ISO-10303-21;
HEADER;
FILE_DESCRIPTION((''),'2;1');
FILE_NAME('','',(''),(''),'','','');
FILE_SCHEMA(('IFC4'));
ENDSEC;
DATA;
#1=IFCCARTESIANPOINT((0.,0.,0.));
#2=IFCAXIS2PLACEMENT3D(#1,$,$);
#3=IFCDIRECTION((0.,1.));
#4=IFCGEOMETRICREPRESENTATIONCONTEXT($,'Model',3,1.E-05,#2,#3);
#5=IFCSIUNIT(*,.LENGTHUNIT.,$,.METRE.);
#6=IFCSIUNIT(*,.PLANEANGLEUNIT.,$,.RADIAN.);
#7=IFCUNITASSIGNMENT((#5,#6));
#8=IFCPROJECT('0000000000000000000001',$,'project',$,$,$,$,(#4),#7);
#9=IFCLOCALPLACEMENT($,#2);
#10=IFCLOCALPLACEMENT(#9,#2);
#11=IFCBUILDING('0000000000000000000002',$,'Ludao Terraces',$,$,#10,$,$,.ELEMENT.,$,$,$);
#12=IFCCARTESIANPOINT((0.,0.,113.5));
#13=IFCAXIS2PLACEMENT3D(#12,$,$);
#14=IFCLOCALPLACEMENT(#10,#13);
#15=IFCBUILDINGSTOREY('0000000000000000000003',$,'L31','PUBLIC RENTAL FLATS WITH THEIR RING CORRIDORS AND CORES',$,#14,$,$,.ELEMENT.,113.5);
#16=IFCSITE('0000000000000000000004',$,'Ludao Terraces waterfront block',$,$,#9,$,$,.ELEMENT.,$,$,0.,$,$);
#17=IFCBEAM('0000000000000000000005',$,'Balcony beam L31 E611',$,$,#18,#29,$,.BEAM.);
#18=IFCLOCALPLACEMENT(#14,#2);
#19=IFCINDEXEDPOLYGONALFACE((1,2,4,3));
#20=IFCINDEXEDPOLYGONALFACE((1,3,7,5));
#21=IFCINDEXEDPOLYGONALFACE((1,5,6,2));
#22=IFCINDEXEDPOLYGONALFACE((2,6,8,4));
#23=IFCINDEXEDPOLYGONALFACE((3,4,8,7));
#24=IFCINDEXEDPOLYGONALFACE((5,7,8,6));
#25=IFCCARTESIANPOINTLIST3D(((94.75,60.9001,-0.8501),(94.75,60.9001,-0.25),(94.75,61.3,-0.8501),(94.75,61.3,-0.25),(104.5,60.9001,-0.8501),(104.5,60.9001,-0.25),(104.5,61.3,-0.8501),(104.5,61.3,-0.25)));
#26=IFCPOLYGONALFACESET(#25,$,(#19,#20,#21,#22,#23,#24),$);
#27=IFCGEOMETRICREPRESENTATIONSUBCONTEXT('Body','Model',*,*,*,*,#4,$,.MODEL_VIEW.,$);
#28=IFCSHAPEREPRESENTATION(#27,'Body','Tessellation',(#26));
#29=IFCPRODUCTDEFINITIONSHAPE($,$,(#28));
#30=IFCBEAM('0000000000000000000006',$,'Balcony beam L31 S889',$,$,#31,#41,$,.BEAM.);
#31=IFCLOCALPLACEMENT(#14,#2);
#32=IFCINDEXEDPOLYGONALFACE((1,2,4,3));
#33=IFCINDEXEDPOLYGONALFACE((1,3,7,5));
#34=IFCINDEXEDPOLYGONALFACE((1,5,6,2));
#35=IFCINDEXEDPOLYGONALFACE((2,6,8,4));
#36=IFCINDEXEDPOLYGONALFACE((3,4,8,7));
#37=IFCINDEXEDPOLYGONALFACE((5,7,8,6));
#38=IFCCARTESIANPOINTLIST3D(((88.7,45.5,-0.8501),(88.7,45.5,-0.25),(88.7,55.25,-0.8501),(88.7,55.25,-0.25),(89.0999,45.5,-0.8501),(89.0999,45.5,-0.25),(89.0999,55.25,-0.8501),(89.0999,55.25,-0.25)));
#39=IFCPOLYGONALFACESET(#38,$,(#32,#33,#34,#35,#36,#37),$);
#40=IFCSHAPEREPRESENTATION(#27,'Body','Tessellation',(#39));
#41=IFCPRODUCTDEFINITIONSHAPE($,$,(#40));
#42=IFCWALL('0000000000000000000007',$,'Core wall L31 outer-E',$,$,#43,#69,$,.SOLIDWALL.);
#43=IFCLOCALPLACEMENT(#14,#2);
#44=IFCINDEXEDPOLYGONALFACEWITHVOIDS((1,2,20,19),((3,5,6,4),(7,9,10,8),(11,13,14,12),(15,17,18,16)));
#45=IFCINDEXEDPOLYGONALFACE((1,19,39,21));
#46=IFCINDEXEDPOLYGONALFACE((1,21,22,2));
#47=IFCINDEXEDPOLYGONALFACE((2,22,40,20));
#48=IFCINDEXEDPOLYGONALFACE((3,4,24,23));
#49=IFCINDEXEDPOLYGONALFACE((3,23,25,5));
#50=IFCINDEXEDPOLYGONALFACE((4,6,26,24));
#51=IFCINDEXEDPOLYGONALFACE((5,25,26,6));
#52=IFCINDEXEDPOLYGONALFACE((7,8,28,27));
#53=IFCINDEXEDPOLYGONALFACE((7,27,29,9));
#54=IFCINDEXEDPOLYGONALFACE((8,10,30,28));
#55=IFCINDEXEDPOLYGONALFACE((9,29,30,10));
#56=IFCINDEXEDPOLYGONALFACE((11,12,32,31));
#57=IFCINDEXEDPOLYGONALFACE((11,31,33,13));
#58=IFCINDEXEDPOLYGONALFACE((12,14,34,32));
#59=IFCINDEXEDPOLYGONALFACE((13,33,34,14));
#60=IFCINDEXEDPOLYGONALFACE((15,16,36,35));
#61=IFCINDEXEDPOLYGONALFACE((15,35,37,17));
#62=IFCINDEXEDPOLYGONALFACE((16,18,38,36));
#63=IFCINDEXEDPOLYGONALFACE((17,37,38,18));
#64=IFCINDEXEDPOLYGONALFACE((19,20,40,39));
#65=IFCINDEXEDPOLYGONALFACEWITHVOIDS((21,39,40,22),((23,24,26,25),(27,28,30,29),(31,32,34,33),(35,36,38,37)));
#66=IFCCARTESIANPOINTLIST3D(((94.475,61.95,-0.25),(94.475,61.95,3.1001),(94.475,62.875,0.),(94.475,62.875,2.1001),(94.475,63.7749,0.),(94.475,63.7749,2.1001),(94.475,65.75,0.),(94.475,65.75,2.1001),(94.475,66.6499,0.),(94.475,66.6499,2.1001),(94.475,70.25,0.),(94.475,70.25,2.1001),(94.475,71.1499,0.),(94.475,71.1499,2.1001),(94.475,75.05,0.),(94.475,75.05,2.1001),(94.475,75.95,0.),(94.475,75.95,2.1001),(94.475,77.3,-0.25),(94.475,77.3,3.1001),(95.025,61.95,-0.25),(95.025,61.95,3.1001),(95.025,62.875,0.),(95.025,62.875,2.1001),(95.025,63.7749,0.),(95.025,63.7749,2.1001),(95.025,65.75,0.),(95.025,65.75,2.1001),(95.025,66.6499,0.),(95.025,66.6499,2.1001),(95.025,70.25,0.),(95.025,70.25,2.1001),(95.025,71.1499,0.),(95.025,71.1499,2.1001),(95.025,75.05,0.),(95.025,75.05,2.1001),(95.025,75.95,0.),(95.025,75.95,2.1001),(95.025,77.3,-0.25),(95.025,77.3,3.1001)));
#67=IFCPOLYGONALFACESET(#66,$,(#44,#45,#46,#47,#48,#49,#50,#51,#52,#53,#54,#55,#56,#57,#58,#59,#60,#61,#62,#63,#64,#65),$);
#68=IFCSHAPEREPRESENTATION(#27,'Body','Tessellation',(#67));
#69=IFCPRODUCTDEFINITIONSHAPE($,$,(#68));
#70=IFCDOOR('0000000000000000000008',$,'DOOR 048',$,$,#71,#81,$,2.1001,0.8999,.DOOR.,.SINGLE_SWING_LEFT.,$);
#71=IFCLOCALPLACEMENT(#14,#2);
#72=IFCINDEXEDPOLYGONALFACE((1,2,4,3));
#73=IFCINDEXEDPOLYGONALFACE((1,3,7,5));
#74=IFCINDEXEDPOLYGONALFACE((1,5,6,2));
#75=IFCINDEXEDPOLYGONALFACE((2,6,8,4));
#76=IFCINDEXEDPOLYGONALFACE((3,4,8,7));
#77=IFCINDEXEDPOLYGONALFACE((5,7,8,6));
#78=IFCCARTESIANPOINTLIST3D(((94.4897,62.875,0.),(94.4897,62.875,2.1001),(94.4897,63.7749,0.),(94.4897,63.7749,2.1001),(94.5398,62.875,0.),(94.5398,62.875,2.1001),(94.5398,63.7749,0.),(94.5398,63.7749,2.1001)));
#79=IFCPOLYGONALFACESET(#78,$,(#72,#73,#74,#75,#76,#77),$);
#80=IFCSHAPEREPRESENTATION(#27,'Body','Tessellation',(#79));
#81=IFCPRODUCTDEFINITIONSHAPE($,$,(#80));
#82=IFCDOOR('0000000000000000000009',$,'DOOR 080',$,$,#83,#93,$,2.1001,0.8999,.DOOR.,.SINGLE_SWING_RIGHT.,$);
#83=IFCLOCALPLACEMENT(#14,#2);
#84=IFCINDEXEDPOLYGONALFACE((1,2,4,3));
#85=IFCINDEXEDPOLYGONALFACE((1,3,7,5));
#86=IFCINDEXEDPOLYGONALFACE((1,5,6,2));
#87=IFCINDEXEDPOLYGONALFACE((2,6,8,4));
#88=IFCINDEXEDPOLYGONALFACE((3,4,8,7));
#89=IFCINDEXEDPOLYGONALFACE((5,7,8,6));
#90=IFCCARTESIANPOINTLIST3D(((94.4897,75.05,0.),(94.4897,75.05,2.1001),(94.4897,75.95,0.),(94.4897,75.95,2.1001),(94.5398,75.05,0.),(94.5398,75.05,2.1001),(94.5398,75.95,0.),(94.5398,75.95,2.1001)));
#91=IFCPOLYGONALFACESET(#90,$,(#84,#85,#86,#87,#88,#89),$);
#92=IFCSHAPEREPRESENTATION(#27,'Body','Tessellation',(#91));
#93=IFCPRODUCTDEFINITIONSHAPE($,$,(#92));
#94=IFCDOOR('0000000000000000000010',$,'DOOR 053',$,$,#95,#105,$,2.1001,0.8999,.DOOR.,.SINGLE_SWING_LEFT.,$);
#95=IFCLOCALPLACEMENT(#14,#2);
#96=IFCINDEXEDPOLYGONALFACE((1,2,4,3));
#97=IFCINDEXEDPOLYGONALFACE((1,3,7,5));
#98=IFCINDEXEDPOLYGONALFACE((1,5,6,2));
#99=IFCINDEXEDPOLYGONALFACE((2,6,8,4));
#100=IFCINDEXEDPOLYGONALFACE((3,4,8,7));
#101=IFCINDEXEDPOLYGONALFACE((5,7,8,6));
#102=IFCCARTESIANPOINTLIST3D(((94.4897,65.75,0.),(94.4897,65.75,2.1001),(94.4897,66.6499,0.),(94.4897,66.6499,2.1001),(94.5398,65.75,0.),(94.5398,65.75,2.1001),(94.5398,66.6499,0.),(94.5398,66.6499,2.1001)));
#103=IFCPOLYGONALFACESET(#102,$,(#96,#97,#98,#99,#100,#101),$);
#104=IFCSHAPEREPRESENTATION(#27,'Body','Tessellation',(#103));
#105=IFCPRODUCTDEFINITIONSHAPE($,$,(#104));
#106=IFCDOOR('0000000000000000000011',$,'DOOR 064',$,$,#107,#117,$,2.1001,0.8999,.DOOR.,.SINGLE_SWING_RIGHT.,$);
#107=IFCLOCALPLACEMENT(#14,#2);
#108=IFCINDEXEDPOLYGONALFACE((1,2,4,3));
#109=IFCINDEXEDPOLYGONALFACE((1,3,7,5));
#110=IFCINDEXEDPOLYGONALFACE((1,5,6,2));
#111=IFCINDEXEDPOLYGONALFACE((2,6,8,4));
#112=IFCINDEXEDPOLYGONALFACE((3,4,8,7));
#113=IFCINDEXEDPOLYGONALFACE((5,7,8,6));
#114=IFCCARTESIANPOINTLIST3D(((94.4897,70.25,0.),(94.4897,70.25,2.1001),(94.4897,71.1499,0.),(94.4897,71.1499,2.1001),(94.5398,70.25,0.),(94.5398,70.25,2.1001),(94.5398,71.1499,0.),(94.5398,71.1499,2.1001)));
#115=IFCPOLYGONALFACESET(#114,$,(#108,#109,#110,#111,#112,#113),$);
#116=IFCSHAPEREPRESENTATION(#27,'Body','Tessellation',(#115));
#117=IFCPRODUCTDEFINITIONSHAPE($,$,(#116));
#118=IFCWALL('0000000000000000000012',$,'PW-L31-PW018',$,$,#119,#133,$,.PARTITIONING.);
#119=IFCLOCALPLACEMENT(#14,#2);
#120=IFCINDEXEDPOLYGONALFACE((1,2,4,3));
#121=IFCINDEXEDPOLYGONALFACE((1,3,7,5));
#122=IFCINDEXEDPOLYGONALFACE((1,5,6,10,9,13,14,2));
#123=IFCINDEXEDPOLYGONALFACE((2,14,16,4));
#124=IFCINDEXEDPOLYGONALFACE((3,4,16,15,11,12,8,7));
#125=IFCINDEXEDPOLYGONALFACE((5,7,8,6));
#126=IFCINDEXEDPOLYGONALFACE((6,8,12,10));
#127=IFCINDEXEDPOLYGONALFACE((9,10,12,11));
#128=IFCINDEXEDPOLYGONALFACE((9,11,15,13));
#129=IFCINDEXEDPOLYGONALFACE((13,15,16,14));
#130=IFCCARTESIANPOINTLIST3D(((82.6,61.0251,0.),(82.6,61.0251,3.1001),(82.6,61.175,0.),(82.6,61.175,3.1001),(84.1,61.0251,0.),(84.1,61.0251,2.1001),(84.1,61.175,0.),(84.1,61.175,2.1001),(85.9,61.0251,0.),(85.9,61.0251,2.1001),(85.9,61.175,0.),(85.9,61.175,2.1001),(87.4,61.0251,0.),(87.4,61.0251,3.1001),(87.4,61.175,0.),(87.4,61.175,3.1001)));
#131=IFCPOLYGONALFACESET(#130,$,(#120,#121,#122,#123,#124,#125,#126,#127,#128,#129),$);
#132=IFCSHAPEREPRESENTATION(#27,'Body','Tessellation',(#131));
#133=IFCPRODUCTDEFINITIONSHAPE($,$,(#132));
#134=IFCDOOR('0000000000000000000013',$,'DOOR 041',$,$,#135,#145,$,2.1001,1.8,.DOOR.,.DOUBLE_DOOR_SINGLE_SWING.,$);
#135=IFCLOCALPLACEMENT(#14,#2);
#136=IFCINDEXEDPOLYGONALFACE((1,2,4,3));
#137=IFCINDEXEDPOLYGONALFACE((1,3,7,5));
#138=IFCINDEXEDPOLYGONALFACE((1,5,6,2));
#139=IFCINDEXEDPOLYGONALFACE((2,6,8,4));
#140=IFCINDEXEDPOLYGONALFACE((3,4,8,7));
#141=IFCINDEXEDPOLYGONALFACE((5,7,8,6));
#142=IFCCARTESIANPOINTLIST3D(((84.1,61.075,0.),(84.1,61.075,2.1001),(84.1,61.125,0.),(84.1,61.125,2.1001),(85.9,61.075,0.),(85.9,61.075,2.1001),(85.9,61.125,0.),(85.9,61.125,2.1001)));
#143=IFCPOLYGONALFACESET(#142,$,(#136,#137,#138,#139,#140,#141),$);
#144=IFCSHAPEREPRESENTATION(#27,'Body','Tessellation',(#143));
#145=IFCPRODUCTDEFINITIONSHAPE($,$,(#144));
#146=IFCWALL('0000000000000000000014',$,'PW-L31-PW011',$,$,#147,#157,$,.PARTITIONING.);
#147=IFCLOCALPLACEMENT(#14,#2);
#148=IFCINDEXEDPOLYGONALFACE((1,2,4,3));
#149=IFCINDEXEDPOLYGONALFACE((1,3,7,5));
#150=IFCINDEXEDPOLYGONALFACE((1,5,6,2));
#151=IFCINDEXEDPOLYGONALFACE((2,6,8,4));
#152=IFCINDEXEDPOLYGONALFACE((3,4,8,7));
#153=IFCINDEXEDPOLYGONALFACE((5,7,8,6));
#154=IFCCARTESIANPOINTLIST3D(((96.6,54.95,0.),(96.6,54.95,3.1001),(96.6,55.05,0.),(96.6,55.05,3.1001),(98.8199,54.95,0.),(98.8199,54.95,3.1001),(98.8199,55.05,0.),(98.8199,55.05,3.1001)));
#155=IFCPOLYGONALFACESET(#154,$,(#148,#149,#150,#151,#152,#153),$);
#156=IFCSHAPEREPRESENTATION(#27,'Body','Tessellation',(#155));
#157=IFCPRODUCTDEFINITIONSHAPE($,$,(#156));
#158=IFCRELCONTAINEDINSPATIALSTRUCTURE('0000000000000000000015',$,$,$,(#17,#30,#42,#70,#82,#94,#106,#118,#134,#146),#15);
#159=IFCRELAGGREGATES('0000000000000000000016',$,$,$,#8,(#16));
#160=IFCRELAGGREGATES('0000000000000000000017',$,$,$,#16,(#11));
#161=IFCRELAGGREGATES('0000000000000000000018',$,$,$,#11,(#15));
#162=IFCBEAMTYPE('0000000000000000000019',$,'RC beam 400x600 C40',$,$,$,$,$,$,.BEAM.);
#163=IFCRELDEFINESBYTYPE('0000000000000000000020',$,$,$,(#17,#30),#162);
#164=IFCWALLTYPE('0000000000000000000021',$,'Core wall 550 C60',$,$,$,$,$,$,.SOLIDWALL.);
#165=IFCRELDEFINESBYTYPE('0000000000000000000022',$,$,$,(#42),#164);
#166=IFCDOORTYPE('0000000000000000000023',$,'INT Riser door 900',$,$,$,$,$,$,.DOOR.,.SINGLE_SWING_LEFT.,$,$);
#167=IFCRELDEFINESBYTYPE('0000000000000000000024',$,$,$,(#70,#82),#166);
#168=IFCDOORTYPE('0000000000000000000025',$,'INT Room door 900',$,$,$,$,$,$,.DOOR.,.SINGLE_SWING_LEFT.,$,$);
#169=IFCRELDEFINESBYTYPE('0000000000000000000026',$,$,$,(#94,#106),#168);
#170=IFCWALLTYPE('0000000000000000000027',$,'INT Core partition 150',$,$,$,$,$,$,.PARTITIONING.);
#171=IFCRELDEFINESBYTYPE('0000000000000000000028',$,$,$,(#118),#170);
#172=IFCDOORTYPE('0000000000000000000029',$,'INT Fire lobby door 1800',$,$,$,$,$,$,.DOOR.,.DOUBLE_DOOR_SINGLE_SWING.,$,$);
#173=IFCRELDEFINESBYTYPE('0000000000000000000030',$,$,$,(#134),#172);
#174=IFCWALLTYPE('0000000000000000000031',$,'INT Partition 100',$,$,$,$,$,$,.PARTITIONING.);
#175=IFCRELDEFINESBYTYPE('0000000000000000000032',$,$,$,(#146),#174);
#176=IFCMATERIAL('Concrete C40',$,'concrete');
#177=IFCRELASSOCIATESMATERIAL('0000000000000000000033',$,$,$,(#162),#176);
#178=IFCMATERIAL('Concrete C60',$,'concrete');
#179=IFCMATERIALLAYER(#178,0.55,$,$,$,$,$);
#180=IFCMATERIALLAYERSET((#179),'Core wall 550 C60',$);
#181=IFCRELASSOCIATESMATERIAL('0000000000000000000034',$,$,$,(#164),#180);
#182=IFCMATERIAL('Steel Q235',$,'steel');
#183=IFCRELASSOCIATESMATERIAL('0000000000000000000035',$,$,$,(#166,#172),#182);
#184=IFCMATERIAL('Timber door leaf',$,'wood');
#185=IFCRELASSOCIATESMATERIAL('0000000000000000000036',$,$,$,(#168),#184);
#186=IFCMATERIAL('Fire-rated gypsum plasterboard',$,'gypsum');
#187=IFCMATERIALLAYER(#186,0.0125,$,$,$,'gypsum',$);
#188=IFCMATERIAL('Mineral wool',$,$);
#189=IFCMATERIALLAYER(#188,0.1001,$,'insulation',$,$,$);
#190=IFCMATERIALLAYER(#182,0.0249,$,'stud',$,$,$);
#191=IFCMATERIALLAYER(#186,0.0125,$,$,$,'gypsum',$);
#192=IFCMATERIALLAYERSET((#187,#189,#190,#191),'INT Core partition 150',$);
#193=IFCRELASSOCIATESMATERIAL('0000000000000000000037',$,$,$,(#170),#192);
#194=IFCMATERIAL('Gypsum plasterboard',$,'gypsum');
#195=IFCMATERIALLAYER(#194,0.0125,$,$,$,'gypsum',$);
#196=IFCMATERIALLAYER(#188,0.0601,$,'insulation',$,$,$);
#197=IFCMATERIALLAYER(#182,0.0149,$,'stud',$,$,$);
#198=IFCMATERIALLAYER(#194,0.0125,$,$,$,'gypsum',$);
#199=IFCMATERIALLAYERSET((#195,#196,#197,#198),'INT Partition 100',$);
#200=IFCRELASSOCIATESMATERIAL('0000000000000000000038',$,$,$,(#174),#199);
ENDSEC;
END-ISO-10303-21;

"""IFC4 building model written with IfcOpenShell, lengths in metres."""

from ifc_helpers import new_model, si_unit, direction, frame, frame_2d, origin, origin_2d, place, context, subcontext, project, spatial, rectangle, extrude, material, layer, layer_set, material_profile, profile_set, type_object, element, fill, save


model = new_model("IFC4")

# Units and contexts
model_context = context("Model", 3, precision=1e-05, world=origin(), true_north=direction((0.0, 1.0)))
body_context = subcontext(model_context, "Body", "Model", "MODEL_VIEW")
ifc_project = project(units=[si_unit("LENGTHUNIT", "METRE"), si_unit("PLANEANGLEUNIT", "RADIAN")], contexts=[model_context])

# Site, building, storey
site_placement = place(None, origin())
site = spatial("IfcSite", under=ifc_project, at=site_placement, Name="Ludao Terraces waterfront block", CompositionType="ELEMENT", RefElevation=0.0)
building_placement = place(site_placement, origin())
building = spatial("IfcBuilding", under=site, at=building_placement, Name="Ludao Terraces", CompositionType="ELEMENT")
storey_placement = place(building_placement, frame((0.0, 0.0, 113.5)))
storey = spatial("IfcBuildingStorey", under=building, at=storey_placement, Name="L31", Description="PUBLIC RENTAL FLATS WITH THEIR RING CORRIDORS AND CORES", CompositionType="ELEMENT", Elevation=113.5)

# Beams
ifc_material_1 = material(Name="Concrete C40", Category="concrete")
ifc_material_profile = material_profile(ifc_material_1, rectangle(XDim=0.3999, YDim=0.6001, at=origin_2d()), Name="400 X 600")
ifc_profile_set = profile_set([ifc_material_profile], Name="Concrete C40")
beam_type = type_object("IfcBeamType", Name="RC beam 400x600 C40", PredefinedType="BEAM", material=ifc_profile_set)
for number, where, z_axis, x_axis, name in (
    (1, (94.75, 61.1001, -0.55), (1.0, 0.0, 0.0), (0.0, 1.0, 0.0), "Balcony beam L31 E611"),
    (2, (88.8999, 55.25, -0.55), (0.0, -1.0, 0.0), (1.0, 0.0, 0.0), "Balcony beam L31 S889"),
):
    element("IfcBeam", number, at=place(storey_placement, frame(where, z_axis=z_axis, x_axis=x_axis)), inside=storey, type_object=beam_type, Name=name, PredefinedType="BEAM", context=body_context, shape_type="SweptSolid", body=[
        extrude(rectangle(XDim=0.3999, YDim=0.6001, at=origin_2d()), origin(), (0.0, 0.0, 1.0), 9.75),
    ])

# Wall, openings, doors
ifc_material_2 = material(Name="Concrete C60", Category="concrete")
ifc_layer_1 = layer(ifc_material_2, 0.55)
ifc_layer_set_1 = layer_set([ifc_layer_1], Name="Core wall 550 C60")
wall_type_1 = type_object("IfcWallType", Name="Core wall 550 C60", PredefinedType="SOLIDWALL", material=ifc_layer_set_1)
wall_1_placement = place(storey_placement, frame((94.75, 61.95, -0.25), z_axis=(0.0, 0.0, 1.0), x_axis=(0.0, 1.0, 0.0)))
wall_1 = element("IfcWall", 3, at=wall_1_placement, inside=storey, type_object=wall_type_1, Name="Core wall L31 outer-E", PredefinedType="SOLIDWALL", context=body_context, shape_type="SweptSolid", body=[
    extrude(rectangle(XDim=15.3501, YDim=0.55, at=frame_2d((7.675, 0.0))), origin(), (0.0, 0.0, 1.0), 3.3501),
])
opening_1_placement = place(wall_1_placement, frame((0.925, 0.0, 0.25)))
opening_1 = element("IfcOpeningElement", 4, at=opening_1_placement, cuts=wall_1, PredefinedType="OPENING", context=body_context, shape_type="SweptSolid", body=[
    extrude(rectangle(XDim=0.8999, YDim=2.1001, at=frame_2d((0.45, 1.05))), frame((0.0, 0.2852, 0.0), z_axis=(0.0, -1.0, 0.0), x_axis=(1.0, 0.0, 0.0)), (0.0, 0.0, 1.0), 0.5701),
])
opening_2_placement = place(wall_1_placement, frame((3.8, 0.0, 0.25)))
opening_2 = element("IfcOpeningElement", 5, at=opening_2_placement, cuts=wall_1, PredefinedType="OPENING", context=body_context, shape_type="SweptSolid", body=[
    extrude(rectangle(XDim=0.8999, YDim=2.1001, at=frame_2d((0.45, 1.05))), frame((0.0, 0.2852, 0.0), z_axis=(0.0, -1.0, 0.0), x_axis=(1.0, 0.0, 0.0)), (0.0, 0.0, 1.0), 0.5701),
])
opening_3_placement = place(wall_1_placement, frame((8.3, 0.0, 0.25)))
opening_3 = element("IfcOpeningElement", 6, at=opening_3_placement, cuts=wall_1, PredefinedType="OPENING", context=body_context, shape_type="SweptSolid", body=[
    extrude(rectangle(XDim=0.8999, YDim=2.1001, at=frame_2d((0.45, 1.05))), frame((0.0, 0.2852, 0.0), z_axis=(0.0, -1.0, 0.0), x_axis=(1.0, 0.0, 0.0)), (0.0, 0.0, 1.0), 0.5701),
])
opening_4_placement = place(wall_1_placement, frame((13.1001, 0.0, 0.25)))
opening_4 = element("IfcOpeningElement", 7, at=opening_4_placement, cuts=wall_1, PredefinedType="OPENING", context=body_context, shape_type="SweptSolid", body=[
    extrude(rectangle(XDim=0.8999, YDim=2.1001, at=frame_2d((0.45, 1.05))), frame((0.0, 0.2852, 0.0), z_axis=(0.0, -1.0, 0.0), x_axis=(1.0, 0.0, 0.0)), (0.0, 0.0, 1.0), 0.5701),
])
ifc_material_3 = material(Name="Steel Q235", Category="steel")
door_type_1 = type_object("IfcDoorType", Name="INT Riser door 900", OperationType="SINGLE_SWING_LEFT", PredefinedType="DOOR", material=ifc_material_3)
door_1_placement = place(opening_1_placement, origin())
door_1 = element("IfcDoor", 8, at=door_1_placement, inside=storey, type_object=door_type_1, Name="DOOR 048", OperationType="SINGLE_SWING_LEFT", OverallHeight=2.1001, OverallWidth=0.8999, PredefinedType="DOOR", context=body_context, shape_type="SweptSolid", body=[
    extrude(rectangle(XDim=0.8999, YDim=2.1001, at=frame_2d((0.45, 1.05))), frame((0.0, 0.2603, 0.0), z_axis=(0.0, -1.0, 0.0), x_axis=(1.0, 0.0, 0.0)), (0.0, 0.0, 1.0), 0.05),
])
fill(opening_1, door_1)
door_2_placement = place(opening_4_placement, origin())
door_2 = element("IfcDoor", 9, at=door_2_placement, inside=storey, type_object=door_type_1, Name="DOOR 080", OperationType="SINGLE_SWING_RIGHT", OverallHeight=2.1001, OverallWidth=0.8999, PredefinedType="DOOR", context=body_context, shape_type="SweptSolid", body=[
    extrude(rectangle(XDim=0.8999, YDim=2.1001, at=frame_2d((0.45, 1.05))), frame((0.0, 0.2603, 0.0), z_axis=(0.0, -1.0, 0.0), x_axis=(1.0, 0.0, 0.0)), (0.0, 0.0, 1.0), 0.05),
])
fill(opening_4, door_2)
ifc_material_4 = material(Name="Timber door leaf", Category="wood")
door_type_2 = type_object("IfcDoorType", Name="INT Room door 900", OperationType="SINGLE_SWING_LEFT", PredefinedType="DOOR", material=ifc_material_4)
door_3_placement = place(opening_2_placement, origin())
door_3 = element("IfcDoor", 10, at=door_3_placement, inside=storey, type_object=door_type_2, Name="DOOR 053", OperationType="SINGLE_SWING_LEFT", OverallHeight=2.1001, OverallWidth=0.8999, PredefinedType="DOOR", context=body_context, shape_type="SweptSolid", body=[
    extrude(rectangle(XDim=0.8999, YDim=2.1001, at=frame_2d((0.45, 1.05))), frame((0.0, 0.2603, 0.0), z_axis=(0.0, -1.0, 0.0), x_axis=(1.0, 0.0, 0.0)), (0.0, 0.0, 1.0), 0.05),
])
fill(opening_2, door_3)
door_4_placement = place(opening_3_placement, origin())
door_4 = element("IfcDoor", 11, at=door_4_placement, inside=storey, type_object=door_type_2, Name="DOOR 064", OperationType="SINGLE_SWING_RIGHT", OverallHeight=2.1001, OverallWidth=0.8999, PredefinedType="DOOR", context=body_context, shape_type="SweptSolid", body=[
    extrude(rectangle(XDim=0.8999, YDim=2.1001, at=frame_2d((0.45, 1.05))), frame((0.0, 0.2603, 0.0), z_axis=(0.0, -1.0, 0.0), x_axis=(1.0, 0.0, 0.0)), (0.0, 0.0, 1.0), 0.05),
])
fill(opening_3, door_4)

# Wall, opening, door
ifc_material_5 = material(Name="Fire-rated gypsum plasterboard", Category="gypsum")
ifc_layer_2 = layer(ifc_material_5, 0.0125, Category="gypsum")
ifc_material_6 = material(Name="Mineral wool")
ifc_layer_3 = layer(ifc_material_6, 0.1001, Name="insulation")
ifc_layer_4 = layer(ifc_material_3, 0.0249, Name="stud")
ifc_layer_5 = layer(ifc_material_5, 0.0125, Category="gypsum")
ifc_layer_set_2 = layer_set([ifc_layer_2, ifc_layer_3, ifc_layer_4, ifc_layer_5], Name="INT Core partition 150")
wall_type_2 = type_object("IfcWallType", Name="INT Core partition 150", PredefinedType="PARTITIONING", material=ifc_layer_set_2)
wall_2_placement = place(storey_placement, frame((82.6001, 61.1001, 0.0), z_axis=(0.0, 0.0, 1.0), x_axis=(1.0, 0.0, 0.0)))
wall_2 = element("IfcWall", 12, at=wall_2_placement, inside=storey, type_object=wall_type_2, Name="PW-L31-PW018", PredefinedType="PARTITIONING", context=body_context, shape_type="SweptSolid", body=[
    extrude(rectangle(XDim=4.8, YDim=0.1499, at=frame_2d((2.3999, 0.0))), origin(), (0.0, 0.0, 1.0), 3.1001),
])
opening_5_placement = place(wall_2_placement, frame((1.5, 0.0, 0.0)))
opening_5 = element("IfcOpeningElement", 13, at=opening_5_placement, cuts=wall_2, PredefinedType="OPENING", context=body_context, shape_type="SweptSolid", body=[
    extrude(rectangle(XDim=1.8, YDim=2.1001, at=frame_2d((0.8999, 1.05))), frame((0.0, 0.085, 0.0), z_axis=(0.0, -1.0, 0.0), x_axis=(1.0, 0.0, 0.0)), (0.0, 0.0, 1.0), 0.1699),
])
door_type_3 = type_object("IfcDoorType", Name="INT Fire lobby door 1800", OperationType="DOUBLE_DOOR_SINGLE_SWING", PredefinedType="DOOR", material=ifc_material_3)
door_5_placement = place(opening_5_placement, origin())
door_5 = element("IfcDoor", 14, at=door_5_placement, inside=storey, type_object=door_type_3, Name="DOOR 041", OperationType="DOUBLE_DOOR_SINGLE_SWING", OverallHeight=2.1001, OverallWidth=1.8, PredefinedType="DOOR", context=body_context, shape_type="SweptSolid", body=[
    extrude(rectangle(XDim=1.8, YDim=2.1001, at=frame_2d((0.8999, 1.05))), frame((0.0, 0.0249, 0.0), z_axis=(0.0, -1.0, 0.0), x_axis=(1.0, 0.0, 0.0)), (0.0, 0.0, 1.0), 0.05),
])
fill(opening_5, door_5)

# Wall
ifc_material_7 = material(Name="Gypsum plasterboard", Category="gypsum")
ifc_layer_6 = layer(ifc_material_7, 0.0125, Category="gypsum")
ifc_layer_7 = layer(ifc_material_6, 0.0601, Name="insulation")
ifc_layer_8 = layer(ifc_material_3, 0.0149, Name="stud")
ifc_layer_9 = layer(ifc_material_7, 0.0125, Category="gypsum")
ifc_layer_set_3 = layer_set([ifc_layer_6, ifc_layer_7, ifc_layer_8, ifc_layer_9], Name="INT Partition 100")
wall_type_3 = type_object("IfcWallType", Name="INT Partition 100", PredefinedType="PARTITIONING", material=ifc_layer_set_3)
for number, where, z_axis, x_axis, name in (
    (15, (96.6001, 55.0, 0.0), (0.0, 0.0, 1.0), (1.0, 0.0, 0.0), "PW-L31-PW011"),
):
    element("IfcWall", number, at=place(storey_placement, frame(where, z_axis=z_axis, x_axis=x_axis)), inside=storey, type_object=wall_type_3, Name=name, PredefinedType="PARTITIONING", context=body_context, shape_type="SweptSolid", body=[
        extrude(rectangle(XDim=2.22, YDim=0.1001, at=frame_2d((1.1099, 0.0))), origin(), (0.0, 0.0, 1.0), 3.1001),
    ])

save(model, "model.ifc")
